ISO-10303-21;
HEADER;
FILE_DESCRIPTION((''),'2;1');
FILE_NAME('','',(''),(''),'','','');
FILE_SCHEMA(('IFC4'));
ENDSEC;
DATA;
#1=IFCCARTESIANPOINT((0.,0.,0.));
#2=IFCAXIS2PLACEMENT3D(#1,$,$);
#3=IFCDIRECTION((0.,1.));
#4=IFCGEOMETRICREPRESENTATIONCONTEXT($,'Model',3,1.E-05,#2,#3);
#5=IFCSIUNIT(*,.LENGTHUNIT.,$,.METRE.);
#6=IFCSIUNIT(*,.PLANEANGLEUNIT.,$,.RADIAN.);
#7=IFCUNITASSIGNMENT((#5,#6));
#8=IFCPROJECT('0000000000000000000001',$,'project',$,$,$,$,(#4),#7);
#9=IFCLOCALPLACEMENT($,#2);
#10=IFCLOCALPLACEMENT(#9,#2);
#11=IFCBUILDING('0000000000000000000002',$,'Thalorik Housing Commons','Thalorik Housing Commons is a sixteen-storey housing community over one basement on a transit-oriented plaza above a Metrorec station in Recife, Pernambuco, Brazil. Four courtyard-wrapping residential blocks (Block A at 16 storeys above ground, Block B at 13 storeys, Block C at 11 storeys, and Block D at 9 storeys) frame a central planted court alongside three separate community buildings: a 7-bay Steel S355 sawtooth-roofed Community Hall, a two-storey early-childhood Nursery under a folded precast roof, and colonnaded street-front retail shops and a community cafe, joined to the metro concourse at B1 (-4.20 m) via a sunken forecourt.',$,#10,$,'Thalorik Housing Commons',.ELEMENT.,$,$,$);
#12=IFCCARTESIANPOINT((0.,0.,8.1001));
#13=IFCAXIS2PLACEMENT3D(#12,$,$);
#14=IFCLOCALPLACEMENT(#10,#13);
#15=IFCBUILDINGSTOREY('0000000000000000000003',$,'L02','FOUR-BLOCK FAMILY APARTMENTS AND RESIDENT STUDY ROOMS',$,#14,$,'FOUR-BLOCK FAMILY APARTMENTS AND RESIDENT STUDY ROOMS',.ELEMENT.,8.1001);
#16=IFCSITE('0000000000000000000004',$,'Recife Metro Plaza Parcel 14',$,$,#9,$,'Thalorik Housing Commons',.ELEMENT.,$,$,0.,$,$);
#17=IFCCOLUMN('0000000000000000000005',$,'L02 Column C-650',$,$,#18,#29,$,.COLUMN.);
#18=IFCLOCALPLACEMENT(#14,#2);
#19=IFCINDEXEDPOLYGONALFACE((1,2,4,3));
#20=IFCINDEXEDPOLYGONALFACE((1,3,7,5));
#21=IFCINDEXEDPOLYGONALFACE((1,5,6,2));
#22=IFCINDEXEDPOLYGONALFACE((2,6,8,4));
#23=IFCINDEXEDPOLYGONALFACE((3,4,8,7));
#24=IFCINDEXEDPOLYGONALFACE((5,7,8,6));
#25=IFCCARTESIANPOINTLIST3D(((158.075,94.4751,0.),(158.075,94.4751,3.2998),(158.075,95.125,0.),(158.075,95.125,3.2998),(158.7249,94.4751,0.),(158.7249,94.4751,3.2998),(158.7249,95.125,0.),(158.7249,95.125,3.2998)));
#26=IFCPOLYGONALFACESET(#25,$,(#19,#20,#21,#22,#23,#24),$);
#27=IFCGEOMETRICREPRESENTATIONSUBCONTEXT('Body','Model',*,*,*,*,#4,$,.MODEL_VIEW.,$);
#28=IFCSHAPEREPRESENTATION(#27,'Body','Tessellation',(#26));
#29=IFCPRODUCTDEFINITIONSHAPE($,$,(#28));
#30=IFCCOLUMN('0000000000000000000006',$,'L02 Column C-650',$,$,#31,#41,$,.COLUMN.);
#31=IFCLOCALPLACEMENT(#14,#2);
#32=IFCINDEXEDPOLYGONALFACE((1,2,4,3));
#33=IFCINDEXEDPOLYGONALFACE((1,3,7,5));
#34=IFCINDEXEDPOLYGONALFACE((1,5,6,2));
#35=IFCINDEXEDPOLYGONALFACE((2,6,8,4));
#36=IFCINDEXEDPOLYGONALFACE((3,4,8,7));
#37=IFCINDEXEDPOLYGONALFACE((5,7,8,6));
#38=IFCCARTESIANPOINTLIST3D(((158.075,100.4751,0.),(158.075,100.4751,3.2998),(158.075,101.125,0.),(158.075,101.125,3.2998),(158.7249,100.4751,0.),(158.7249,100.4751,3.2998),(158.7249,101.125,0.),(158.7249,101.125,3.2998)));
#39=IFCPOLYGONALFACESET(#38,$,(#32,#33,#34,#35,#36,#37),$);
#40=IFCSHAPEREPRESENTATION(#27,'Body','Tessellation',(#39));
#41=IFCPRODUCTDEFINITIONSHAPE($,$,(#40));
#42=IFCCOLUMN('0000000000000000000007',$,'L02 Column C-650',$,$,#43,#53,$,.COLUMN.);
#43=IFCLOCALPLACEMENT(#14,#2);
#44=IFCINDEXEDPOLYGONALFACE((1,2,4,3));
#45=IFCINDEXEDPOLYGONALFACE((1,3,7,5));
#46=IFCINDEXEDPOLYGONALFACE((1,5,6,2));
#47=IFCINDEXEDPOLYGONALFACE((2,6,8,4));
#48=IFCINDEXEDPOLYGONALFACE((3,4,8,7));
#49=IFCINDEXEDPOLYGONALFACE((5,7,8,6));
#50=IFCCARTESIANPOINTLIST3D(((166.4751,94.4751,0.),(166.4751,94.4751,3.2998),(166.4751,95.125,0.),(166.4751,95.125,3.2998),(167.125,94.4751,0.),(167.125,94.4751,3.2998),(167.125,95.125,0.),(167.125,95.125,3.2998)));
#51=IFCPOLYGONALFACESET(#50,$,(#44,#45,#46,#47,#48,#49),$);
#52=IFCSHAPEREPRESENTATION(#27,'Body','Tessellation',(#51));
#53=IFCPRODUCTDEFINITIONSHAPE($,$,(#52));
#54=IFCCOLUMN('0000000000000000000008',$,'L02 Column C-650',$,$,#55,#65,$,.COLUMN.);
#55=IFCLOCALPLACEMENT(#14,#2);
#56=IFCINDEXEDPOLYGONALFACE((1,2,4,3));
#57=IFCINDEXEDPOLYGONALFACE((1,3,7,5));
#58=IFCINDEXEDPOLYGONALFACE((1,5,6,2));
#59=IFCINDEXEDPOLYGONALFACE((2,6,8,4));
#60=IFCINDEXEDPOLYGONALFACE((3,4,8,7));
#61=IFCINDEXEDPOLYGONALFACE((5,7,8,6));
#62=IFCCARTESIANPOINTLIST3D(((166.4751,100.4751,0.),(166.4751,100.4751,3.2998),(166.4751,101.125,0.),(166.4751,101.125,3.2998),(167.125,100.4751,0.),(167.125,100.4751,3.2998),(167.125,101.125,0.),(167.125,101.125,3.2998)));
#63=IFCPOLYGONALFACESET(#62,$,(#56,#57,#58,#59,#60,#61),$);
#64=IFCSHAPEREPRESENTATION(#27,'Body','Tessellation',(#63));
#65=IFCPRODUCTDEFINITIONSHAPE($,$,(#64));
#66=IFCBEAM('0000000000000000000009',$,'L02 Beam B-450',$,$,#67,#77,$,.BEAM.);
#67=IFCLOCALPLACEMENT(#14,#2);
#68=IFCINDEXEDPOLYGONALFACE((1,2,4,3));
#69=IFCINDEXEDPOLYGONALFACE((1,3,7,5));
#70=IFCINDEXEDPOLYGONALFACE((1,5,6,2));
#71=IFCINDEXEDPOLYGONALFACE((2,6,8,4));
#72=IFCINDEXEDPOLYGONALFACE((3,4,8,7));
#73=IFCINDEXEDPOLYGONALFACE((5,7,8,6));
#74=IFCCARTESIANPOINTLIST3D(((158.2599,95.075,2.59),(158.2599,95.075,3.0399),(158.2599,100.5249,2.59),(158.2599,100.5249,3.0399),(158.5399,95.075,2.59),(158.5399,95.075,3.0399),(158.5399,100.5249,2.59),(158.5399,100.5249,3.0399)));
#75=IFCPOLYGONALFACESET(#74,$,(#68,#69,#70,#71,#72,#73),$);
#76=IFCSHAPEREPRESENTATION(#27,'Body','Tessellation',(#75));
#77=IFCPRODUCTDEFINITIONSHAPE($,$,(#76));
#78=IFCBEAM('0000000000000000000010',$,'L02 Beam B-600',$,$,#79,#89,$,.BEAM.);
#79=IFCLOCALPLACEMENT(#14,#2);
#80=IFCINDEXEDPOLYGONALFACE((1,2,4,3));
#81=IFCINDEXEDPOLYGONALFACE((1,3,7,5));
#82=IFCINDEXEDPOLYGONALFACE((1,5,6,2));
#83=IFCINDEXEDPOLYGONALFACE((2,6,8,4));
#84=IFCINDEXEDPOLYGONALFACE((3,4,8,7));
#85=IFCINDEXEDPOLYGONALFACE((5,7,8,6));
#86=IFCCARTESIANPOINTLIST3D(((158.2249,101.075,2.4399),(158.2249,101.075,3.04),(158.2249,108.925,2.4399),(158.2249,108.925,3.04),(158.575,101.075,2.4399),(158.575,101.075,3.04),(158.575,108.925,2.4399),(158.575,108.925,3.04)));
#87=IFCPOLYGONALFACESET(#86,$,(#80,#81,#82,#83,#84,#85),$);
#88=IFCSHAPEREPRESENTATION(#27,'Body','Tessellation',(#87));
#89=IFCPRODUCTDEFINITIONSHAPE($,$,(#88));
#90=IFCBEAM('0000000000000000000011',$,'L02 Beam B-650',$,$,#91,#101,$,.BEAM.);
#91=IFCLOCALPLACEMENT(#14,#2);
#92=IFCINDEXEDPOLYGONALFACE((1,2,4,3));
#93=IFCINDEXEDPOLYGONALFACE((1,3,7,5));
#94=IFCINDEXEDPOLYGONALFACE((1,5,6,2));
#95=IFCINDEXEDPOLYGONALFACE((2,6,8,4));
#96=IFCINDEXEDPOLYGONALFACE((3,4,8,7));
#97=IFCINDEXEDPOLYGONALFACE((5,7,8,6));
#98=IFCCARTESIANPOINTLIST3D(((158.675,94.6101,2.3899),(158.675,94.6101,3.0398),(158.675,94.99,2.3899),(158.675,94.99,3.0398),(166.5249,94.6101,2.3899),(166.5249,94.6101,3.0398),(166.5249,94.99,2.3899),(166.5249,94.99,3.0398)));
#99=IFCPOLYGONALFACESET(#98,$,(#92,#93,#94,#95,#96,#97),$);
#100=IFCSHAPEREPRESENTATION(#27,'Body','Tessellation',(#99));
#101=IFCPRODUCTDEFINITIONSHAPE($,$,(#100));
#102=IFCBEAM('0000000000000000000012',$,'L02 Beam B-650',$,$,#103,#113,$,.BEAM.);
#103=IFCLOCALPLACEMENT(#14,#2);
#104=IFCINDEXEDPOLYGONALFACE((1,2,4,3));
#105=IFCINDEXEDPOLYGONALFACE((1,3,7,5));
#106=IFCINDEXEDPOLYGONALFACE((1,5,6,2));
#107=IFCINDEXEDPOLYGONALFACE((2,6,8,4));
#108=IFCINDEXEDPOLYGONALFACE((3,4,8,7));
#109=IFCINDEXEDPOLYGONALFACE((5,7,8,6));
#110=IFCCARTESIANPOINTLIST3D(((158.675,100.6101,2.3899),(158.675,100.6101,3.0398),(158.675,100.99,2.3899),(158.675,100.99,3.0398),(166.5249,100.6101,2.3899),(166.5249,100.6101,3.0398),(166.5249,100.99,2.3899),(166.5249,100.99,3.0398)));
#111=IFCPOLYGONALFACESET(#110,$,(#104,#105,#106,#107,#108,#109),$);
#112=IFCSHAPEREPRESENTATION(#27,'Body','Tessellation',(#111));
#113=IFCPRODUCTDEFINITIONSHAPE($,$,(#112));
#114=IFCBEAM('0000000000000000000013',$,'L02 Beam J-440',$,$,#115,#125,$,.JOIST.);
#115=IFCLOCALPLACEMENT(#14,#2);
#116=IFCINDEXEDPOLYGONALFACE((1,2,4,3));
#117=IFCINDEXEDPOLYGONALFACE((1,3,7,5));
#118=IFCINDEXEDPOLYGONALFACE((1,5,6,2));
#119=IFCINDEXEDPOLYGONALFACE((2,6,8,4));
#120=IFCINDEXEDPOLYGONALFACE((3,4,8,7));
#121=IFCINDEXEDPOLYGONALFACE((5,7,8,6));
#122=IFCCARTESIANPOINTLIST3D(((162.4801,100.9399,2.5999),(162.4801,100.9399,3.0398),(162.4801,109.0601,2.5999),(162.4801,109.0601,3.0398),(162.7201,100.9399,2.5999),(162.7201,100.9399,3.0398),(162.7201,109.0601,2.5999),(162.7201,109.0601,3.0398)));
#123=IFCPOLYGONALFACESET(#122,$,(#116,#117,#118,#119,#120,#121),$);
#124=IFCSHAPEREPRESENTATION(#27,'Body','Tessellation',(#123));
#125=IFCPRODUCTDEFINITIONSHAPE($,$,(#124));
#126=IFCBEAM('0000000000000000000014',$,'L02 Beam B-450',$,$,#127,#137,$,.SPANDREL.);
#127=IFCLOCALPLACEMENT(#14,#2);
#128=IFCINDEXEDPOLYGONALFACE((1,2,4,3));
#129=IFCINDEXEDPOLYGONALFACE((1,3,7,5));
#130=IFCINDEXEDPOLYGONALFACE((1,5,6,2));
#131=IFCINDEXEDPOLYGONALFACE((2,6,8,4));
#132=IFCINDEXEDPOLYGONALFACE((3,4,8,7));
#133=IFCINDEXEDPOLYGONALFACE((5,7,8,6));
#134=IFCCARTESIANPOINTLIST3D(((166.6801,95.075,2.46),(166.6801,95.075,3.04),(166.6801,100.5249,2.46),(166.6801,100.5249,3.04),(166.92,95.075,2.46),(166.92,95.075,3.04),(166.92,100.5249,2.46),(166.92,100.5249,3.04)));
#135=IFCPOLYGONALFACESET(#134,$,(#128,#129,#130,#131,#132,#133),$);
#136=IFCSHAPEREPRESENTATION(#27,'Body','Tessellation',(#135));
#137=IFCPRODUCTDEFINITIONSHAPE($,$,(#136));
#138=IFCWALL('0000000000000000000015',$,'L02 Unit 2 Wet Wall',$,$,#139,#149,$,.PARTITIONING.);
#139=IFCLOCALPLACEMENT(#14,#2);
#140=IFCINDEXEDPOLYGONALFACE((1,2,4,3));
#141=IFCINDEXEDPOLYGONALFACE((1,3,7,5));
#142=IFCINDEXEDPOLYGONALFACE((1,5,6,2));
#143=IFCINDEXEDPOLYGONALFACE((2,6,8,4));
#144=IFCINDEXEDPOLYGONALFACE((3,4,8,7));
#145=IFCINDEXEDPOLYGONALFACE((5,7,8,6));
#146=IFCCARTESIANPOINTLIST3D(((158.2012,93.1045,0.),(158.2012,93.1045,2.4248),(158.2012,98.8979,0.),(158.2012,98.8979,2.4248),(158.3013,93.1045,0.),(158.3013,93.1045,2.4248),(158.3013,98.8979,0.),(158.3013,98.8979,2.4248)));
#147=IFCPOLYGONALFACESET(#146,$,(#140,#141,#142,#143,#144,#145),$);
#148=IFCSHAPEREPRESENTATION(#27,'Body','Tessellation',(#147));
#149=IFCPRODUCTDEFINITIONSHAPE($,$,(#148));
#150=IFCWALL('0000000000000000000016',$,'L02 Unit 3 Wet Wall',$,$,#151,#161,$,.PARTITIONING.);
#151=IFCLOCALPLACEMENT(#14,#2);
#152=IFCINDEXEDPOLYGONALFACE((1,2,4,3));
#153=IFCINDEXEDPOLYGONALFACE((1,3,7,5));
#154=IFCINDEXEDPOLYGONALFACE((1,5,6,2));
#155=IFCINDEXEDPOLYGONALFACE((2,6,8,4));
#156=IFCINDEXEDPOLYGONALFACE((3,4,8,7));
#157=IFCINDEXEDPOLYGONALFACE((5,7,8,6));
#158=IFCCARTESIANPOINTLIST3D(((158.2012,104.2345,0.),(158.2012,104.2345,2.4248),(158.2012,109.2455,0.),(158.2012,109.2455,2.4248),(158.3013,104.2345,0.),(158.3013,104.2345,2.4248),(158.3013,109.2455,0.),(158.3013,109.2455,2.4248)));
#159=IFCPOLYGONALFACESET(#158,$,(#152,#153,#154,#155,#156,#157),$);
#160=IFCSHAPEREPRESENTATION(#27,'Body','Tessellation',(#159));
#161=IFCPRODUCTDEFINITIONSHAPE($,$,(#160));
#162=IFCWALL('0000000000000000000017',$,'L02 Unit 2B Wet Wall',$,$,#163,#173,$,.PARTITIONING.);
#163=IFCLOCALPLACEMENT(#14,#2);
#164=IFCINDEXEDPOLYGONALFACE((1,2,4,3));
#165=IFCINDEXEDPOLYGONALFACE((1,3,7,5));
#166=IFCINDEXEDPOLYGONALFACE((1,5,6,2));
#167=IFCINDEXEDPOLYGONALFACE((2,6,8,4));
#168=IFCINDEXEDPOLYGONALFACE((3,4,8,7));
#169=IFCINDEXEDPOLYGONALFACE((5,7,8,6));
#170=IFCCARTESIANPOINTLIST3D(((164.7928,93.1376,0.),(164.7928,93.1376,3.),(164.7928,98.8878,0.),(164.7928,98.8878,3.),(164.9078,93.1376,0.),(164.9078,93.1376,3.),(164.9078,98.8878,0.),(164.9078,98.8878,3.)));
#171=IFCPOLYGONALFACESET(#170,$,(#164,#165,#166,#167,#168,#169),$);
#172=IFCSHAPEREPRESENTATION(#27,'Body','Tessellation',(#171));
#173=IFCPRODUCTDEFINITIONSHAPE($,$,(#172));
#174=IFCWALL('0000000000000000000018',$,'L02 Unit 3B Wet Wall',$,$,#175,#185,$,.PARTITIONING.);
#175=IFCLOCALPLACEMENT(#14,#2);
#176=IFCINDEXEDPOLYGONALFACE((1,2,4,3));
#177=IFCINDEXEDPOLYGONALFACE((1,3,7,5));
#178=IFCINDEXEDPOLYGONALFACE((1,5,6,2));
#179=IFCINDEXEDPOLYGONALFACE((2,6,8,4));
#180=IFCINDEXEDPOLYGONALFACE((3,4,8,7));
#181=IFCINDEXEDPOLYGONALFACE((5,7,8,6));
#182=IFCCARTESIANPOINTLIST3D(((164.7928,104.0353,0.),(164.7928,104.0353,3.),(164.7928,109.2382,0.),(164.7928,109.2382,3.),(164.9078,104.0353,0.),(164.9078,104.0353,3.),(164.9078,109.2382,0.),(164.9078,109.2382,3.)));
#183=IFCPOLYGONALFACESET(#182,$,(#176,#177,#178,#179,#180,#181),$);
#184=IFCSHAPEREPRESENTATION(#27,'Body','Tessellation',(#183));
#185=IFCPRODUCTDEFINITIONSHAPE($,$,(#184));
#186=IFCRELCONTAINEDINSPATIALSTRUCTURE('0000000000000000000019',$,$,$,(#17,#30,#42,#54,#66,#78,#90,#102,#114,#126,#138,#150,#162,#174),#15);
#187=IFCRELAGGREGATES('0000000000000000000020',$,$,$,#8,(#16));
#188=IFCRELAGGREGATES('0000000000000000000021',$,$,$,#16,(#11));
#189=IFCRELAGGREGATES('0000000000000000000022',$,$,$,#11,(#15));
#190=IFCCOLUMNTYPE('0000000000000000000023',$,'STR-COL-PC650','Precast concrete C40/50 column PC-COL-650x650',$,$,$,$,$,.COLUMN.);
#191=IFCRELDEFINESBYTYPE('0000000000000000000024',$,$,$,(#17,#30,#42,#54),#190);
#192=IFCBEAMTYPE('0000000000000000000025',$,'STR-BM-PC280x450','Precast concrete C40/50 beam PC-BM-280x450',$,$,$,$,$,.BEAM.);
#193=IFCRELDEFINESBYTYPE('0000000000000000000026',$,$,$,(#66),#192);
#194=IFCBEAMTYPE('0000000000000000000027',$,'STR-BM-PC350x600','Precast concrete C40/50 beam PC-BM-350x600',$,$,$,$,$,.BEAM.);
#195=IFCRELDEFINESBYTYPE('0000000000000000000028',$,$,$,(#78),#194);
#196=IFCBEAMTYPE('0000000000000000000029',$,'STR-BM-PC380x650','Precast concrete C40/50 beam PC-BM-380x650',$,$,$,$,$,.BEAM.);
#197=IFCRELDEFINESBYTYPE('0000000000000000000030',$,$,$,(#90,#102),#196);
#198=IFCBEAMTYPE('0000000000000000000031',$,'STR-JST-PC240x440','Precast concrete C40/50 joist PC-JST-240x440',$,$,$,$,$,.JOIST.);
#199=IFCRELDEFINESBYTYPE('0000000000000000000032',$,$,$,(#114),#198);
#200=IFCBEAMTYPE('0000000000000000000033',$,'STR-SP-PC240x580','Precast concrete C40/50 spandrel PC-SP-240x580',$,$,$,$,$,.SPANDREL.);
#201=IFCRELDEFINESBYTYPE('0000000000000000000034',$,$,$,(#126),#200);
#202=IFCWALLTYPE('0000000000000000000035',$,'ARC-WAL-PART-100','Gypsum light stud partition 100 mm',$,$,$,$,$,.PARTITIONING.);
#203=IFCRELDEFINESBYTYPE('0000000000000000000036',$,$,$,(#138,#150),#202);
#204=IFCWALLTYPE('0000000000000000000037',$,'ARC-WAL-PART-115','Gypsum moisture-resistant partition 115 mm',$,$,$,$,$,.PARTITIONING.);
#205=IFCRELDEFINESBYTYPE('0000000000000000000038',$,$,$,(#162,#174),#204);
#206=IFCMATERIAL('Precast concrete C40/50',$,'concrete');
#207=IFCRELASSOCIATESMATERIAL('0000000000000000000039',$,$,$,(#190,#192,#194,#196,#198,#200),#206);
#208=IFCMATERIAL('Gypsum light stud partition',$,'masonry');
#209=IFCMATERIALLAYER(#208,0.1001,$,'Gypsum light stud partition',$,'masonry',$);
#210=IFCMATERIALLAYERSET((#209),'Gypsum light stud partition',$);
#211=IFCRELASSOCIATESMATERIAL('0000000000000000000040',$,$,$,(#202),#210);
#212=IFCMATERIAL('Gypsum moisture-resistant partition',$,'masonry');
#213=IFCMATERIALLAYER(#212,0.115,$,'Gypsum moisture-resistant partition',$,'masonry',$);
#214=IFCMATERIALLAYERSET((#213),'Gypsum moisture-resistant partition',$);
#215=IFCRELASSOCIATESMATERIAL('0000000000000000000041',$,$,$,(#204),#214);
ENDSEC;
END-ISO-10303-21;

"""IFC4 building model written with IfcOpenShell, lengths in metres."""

from ifc_helpers import new_model, si_unit, direction, frame, frame_2d, origin, origin_2d, place, context, subcontext, project, spatial, rectangle, extrude, material, layer, layer_set, material_profile, profile_set, type_object, element, save


model = new_model("IFC4")

# Units and contexts
model_context = context("Model", 3, precision=1e-05, world=origin(), true_north=direction((0.0, 1.0)))
body_context = subcontext(model_context, "Body", "Model", "MODEL_VIEW")
ifc_project = project(units=[si_unit("LENGTHUNIT", "METRE"), si_unit("PLANEANGLEUNIT", "RADIAN")], contexts=[model_context])

# Site, building, storey
site_placement = place(None, origin())
site = spatial("IfcSite", under=ifc_project, at=site_placement, Name="Recife Metro Plaza Parcel 14", LongName="Thalorik Housing Commons", CompositionType="ELEMENT", RefElevation=0.0)
building_placement = place(site_placement, origin())
building = spatial("IfcBuilding", under=site, at=building_placement, Name="Thalorik Housing Commons", Description="Thalorik Housing Commons is a sixteen-storey housing community over one basement on a transit-oriented plaza above a Metrorec station in Recife, Pernambuco, Brazil. Four courtyard-wrapping residential blocks (Block A at 16 storeys above ground, Block B at 13 storeys, Block C at 11 storeys, and Block D at 9 storeys) frame a central planted court alongside three separate community buildings: a 7-bay Steel S355 sawtooth-roofed Community Hall, a two-storey early-childhood Nursery under a folded precast roof, and colonnaded street-front retail shops and a community cafe, joined to the metro concourse at B1 (-4.20 m) via a sunken forecourt.", LongName="Thalorik Housing Commons", CompositionType="ELEMENT")
storey_placement = place(building_placement, frame((0.0, 0.0, 8.1001)))
storey = spatial("IfcBuildingStorey", under=building, at=storey_placement, Name="L02", Description="FOUR-BLOCK FAMILY APARTMENTS AND RESIDENT STUDY ROOMS", LongName="FOUR-BLOCK FAMILY APARTMENTS AND RESIDENT STUDY ROOMS", CompositionType="ELEMENT", Elevation=8.1001)

# Columns
ifc_material_1 = material(Name="Precast concrete C40/50", Category="concrete")
ifc_material_profile_1 = material_profile(ifc_material_1, rectangle(XDim=0.6499, YDim=0.6499, at=origin_2d()), Name="PC 650x650", Category="concrete")
ifc_profile_set_1 = profile_set([ifc_material_profile_1], Name="Precast concrete C40/50")
column_type = type_object("IfcColumnType", Name="STR-COL-PC650", Description="Precast concrete C40/50 column PC-COL-650x650", PredefinedType="COLUMN", material=ifc_profile_set_1)
for number, where, z_axis, x_axis, name in (
    (1, (158.3999, 94.8, 0.0), (0.0, 0.0, 1.0), (1.0, 0.0, 0.0), "L02 Column C-650"),
    (2, (158.3999, 100.8, 0.0), (0.0, 0.0, 1.0), (1.0, 0.0, 0.0), "L02 Column C-650"),
    (3, (166.8, 94.8, 0.0), (0.0, 0.0, 1.0), (1.0, 0.0, 0.0), "L02 Column C-650"),
    (4, (166.8, 100.8, 0.0), (0.0, 0.0, 1.0), (1.0, 0.0, 0.0), "L02 Column C-650"),
):
    element("IfcColumn", number, at=place(storey_placement, frame(where, z_axis=z_axis, x_axis=x_axis)), inside=storey, type_object=column_type, Name=name, PredefinedType="COLUMN", context=body_context, shape_type="SweptSolid", body=[
        extrude(rectangle(XDim=0.6499, YDim=0.6499, at=origin_2d()), origin(), (0.0, 0.0, 1.0), 3.2998),
    ])

# Beams
ifc_material_profile_2 = material_profile(ifc_material_1, rectangle(XDim=0.28, YDim=0.45, at=origin_2d()), Name="PC 280x450", Category="concrete")
ifc_profile_set_2 = profile_set([ifc_material_profile_2], Name="Precast concrete C40/50")
beam_type_1 = type_object("IfcBeamType", Name="STR-BM-PC280x450", Description="Precast concrete C40/50 beam PC-BM-280x450", PredefinedType="BEAM", material=ifc_profile_set_2)
beam_1_placement = place(storey_placement, frame((158.3999, 95.075, 2.8149), z_axis=(0.0, 1.0, 0.0), x_axis=(-1.0, 0.0, 0.0)))
element("IfcBeam", 5, at=beam_1_placement, inside=storey, type_object=beam_type_1, Name="L02 Beam B-450", PredefinedType="BEAM", context=body_context, shape_type="SweptSolid", body=[
    extrude(rectangle(XDim=0.28, YDim=0.45, at=origin_2d()), origin(), (0.0, 0.0, 1.0), 5.45),
])
ifc_material_profile_3 = material_profile(ifc_material_1, rectangle(XDim=0.3501, YDim=0.6001, at=origin_2d()), Name="PC 350x600", Category="concrete")
ifc_profile_set_3 = profile_set([ifc_material_profile_3], Name="Precast concrete C40/50")
beam_type_2 = type_object("IfcBeamType", Name="STR-BM-PC350x600", Description="Precast concrete C40/50 beam PC-BM-350x600", PredefinedType="BEAM", material=ifc_profile_set_3)
beam_2_placement = place(storey_placement, frame((158.3999, 101.075, 2.74), z_axis=(0.0, 1.0, 0.0), x_axis=(-1.0, 0.0, 0.0)))
element("IfcBeam", 6, at=beam_2_placement, inside=storey, type_object=beam_type_2, Name="L02 Beam B-600", PredefinedType="BEAM", context=body_context, shape_type="SweptSolid", body=[
    extrude(rectangle(XDim=0.3501, YDim=0.6001, at=origin_2d()), origin(), (0.0, 0.0, 1.0), 7.8501),
])
ifc_material_profile_4 = material_profile(ifc_material_1, rectangle(XDim=0.3799, YDim=0.6499, at=origin_2d()), Name="PC 380x650", Category="concrete")
ifc_profile_set_4 = profile_set([ifc_material_profile_4], Name="Precast concrete C40/50")
beam_type_3 = type_object("IfcBeamType", Name="STR-BM-PC380x650", Description="Precast concrete C40/50 beam PC-BM-380x650", PredefinedType="BEAM", material=ifc_profile_set_4)
for number, where, z_axis, x_axis, name in (
    (7, (158.675, 94.8, 2.7148), (1.0, 0.0, 0.0), (0.0, 1.0, 0.0), "L02 Beam B-650"),
    (8, (158.675, 100.8, 2.7148), (1.0, 0.0, 0.0), (0.0, 1.0, 0.0), "L02 Beam B-650"),
):
    element("IfcBeam", number, at=place(storey_placement, frame(where, z_axis=z_axis, x_axis=x_axis)), inside=storey, type_object=beam_type_3, Name=name, PredefinedType="BEAM", context=body_context, shape_type="SweptSolid", body=[
        extrude(rectangle(XDim=0.3799, YDim=0.6499, at=origin_2d()), origin(), (0.0, 0.0, 1.0), 7.8499),
    ])
ifc_material_profile_5 = material_profile(ifc_material_1, rectangle(XDim=0.24, YDim=0.4399, at=origin_2d()), Name="PC JST 240x440", Category="concrete")
ifc_profile_set_5 = profile_set([ifc_material_profile_5], Name="Precast concrete C40/50")
beam_type_4 = type_object("IfcBeamType", Name="STR-JST-PC240x440", Description="Precast concrete C40/50 joist PC-JST-240x440", PredefinedType="JOIST", material=ifc_profile_set_5)
beam_3_placement = place(storey_placement, frame((162.6001, 100.9399, 2.8198), z_axis=(0.0, 1.0, 0.0), x_axis=(-1.0, 0.0, 0.0)))
element("IfcBeam", 9, at=beam_3_placement, inside=storey, type_object=beam_type_4, Name="L02 Beam J-440", PredefinedType="JOIST", context=body_context, shape_type="SweptSolid", body=[
    extrude(rectangle(XDim=0.24, YDim=0.4399, at=origin_2d()), origin(), (0.0, 0.0, 1.0), 8.1201),
])
ifc_material_profile_6 = material_profile(ifc_material_1, rectangle(XDim=0.24, YDim=0.5801, at=origin_2d()), Name="PC SP 240x580", Category="concrete")
ifc_profile_set_6 = profile_set([ifc_material_profile_6], Name="Precast concrete C40/50")
beam_type_5 = type_object("IfcBeamType", Name="STR-SP-PC240x580", Description="Precast concrete C40/50 spandrel PC-SP-240x580", PredefinedType="SPANDREL", material=ifc_profile_set_6)
beam_4_placement = place(storey_placement, frame((166.8, 95.075, 2.75), z_axis=(0.0, 1.0, 0.0), x_axis=(-1.0, 0.0, 0.0)))
element("IfcBeam", 10, at=beam_4_placement, inside=storey, type_object=beam_type_5, Name="L02 Beam B-450", PredefinedType="SPANDREL", context=body_context, shape_type="SweptSolid", body=[
    extrude(rectangle(XDim=0.24, YDim=0.5801, at=origin_2d()), origin(), (0.0, 0.0, 1.0), 5.45),
])

# Walls
ifc_material_2 = material(Name="Gypsum light stud partition", Category="masonry")
ifc_layer_1 = layer(ifc_material_2, 0.1001, Name="Gypsum light stud partition", Category="masonry")
ifc_layer_set_1 = layer_set([ifc_layer_1], Name="Gypsum light stud partition")
wall_type_1 = type_object("IfcWallType", Name="ARC-WAL-PART-100", Description="Gypsum light stud partition 100 mm", PredefinedType="PARTITIONING", material=ifc_layer_set_1)
wall_1_placement = place(storey_placement, frame((158.2512, 93.1045, 0.0), z_axis=(0.0, 0.0, 1.0), x_axis=(0.0, 1.0, 0.0)))
element("IfcWall", 11, at=wall_1_placement, inside=storey, type_object=wall_type_1, Name="L02 Unit 2 Wet Wall", PredefinedType="PARTITIONING", context=body_context, shape_type="SweptSolid", body=[
    extrude(rectangle(XDim=5.7935, YDim=0.1001, at=frame_2d((2.8967, 0.0))), origin(), (0.0, 0.0, 1.0), 2.4248),
])
wall_2_placement = place(storey_placement, frame((158.2512, 104.2346, 0.0), z_axis=(0.0, 0.0, 1.0), x_axis=(0.0, 1.0, 0.0)))
element("IfcWall", 12, at=wall_2_placement, inside=storey, type_object=wall_type_1, Name="L02 Unit 3 Wet Wall", PredefinedType="PARTITIONING", context=body_context, shape_type="SweptSolid", body=[
    extrude(rectangle(XDim=5.011, YDim=0.1001, at=frame_2d((2.5054, 0.0))), origin(), (0.0, 0.0, 1.0), 2.4248),
])
ifc_material_3 = material(Name="Gypsum moisture-resistant partition", Category="masonry")
ifc_layer_2 = layer(ifc_material_3, 0.115, Name="Gypsum moisture-resistant partition", Category="masonry")
ifc_layer_set_2 = layer_set([ifc_layer_2], Name="Gypsum moisture-resistant partition")
wall_type_2 = type_object("IfcWallType", Name="ARC-WAL-PART-115", Description="Gypsum moisture-resistant partition 115 mm", PredefinedType="PARTITIONING", material=ifc_layer_set_2)
wall_3_placement = place(storey_placement, frame((164.8503, 93.1377, 0.0), z_axis=(0.0, 0.0, 1.0), x_axis=(0.0, 1.0, 0.0)))
element("IfcWall", 13, at=wall_3_placement, inside=storey, type_object=wall_type_2, Name="L02 Unit 2B Wet Wall", PredefinedType="PARTITIONING", context=body_context, shape_type="SweptSolid", body=[
    extrude(rectangle(XDim=5.7502, YDim=0.115, at=frame_2d((2.875, 0.0))), origin(), (0.0, 0.0, 1.0), 3.0),
])
wall_4_placement = place(storey_placement, frame((164.8503, 104.0352, 0.0), z_axis=(0.0, 0.0, 1.0), x_axis=(0.0, 1.0, 0.0)))
element("IfcWall", 14, at=wall_4_placement, inside=storey, type_object=wall_type_2, Name="L02 Unit 3B Wet Wall", PredefinedType="PARTITIONING", context=body_context, shape_type="SweptSolid", body=[
    extrude(rectangle(XDim=5.2029, YDim=0.115, at=frame_2d((2.6016, 0.0))), origin(), (0.0, 0.0, 1.0), 3.0),
])

save(model, "model.ifc")
